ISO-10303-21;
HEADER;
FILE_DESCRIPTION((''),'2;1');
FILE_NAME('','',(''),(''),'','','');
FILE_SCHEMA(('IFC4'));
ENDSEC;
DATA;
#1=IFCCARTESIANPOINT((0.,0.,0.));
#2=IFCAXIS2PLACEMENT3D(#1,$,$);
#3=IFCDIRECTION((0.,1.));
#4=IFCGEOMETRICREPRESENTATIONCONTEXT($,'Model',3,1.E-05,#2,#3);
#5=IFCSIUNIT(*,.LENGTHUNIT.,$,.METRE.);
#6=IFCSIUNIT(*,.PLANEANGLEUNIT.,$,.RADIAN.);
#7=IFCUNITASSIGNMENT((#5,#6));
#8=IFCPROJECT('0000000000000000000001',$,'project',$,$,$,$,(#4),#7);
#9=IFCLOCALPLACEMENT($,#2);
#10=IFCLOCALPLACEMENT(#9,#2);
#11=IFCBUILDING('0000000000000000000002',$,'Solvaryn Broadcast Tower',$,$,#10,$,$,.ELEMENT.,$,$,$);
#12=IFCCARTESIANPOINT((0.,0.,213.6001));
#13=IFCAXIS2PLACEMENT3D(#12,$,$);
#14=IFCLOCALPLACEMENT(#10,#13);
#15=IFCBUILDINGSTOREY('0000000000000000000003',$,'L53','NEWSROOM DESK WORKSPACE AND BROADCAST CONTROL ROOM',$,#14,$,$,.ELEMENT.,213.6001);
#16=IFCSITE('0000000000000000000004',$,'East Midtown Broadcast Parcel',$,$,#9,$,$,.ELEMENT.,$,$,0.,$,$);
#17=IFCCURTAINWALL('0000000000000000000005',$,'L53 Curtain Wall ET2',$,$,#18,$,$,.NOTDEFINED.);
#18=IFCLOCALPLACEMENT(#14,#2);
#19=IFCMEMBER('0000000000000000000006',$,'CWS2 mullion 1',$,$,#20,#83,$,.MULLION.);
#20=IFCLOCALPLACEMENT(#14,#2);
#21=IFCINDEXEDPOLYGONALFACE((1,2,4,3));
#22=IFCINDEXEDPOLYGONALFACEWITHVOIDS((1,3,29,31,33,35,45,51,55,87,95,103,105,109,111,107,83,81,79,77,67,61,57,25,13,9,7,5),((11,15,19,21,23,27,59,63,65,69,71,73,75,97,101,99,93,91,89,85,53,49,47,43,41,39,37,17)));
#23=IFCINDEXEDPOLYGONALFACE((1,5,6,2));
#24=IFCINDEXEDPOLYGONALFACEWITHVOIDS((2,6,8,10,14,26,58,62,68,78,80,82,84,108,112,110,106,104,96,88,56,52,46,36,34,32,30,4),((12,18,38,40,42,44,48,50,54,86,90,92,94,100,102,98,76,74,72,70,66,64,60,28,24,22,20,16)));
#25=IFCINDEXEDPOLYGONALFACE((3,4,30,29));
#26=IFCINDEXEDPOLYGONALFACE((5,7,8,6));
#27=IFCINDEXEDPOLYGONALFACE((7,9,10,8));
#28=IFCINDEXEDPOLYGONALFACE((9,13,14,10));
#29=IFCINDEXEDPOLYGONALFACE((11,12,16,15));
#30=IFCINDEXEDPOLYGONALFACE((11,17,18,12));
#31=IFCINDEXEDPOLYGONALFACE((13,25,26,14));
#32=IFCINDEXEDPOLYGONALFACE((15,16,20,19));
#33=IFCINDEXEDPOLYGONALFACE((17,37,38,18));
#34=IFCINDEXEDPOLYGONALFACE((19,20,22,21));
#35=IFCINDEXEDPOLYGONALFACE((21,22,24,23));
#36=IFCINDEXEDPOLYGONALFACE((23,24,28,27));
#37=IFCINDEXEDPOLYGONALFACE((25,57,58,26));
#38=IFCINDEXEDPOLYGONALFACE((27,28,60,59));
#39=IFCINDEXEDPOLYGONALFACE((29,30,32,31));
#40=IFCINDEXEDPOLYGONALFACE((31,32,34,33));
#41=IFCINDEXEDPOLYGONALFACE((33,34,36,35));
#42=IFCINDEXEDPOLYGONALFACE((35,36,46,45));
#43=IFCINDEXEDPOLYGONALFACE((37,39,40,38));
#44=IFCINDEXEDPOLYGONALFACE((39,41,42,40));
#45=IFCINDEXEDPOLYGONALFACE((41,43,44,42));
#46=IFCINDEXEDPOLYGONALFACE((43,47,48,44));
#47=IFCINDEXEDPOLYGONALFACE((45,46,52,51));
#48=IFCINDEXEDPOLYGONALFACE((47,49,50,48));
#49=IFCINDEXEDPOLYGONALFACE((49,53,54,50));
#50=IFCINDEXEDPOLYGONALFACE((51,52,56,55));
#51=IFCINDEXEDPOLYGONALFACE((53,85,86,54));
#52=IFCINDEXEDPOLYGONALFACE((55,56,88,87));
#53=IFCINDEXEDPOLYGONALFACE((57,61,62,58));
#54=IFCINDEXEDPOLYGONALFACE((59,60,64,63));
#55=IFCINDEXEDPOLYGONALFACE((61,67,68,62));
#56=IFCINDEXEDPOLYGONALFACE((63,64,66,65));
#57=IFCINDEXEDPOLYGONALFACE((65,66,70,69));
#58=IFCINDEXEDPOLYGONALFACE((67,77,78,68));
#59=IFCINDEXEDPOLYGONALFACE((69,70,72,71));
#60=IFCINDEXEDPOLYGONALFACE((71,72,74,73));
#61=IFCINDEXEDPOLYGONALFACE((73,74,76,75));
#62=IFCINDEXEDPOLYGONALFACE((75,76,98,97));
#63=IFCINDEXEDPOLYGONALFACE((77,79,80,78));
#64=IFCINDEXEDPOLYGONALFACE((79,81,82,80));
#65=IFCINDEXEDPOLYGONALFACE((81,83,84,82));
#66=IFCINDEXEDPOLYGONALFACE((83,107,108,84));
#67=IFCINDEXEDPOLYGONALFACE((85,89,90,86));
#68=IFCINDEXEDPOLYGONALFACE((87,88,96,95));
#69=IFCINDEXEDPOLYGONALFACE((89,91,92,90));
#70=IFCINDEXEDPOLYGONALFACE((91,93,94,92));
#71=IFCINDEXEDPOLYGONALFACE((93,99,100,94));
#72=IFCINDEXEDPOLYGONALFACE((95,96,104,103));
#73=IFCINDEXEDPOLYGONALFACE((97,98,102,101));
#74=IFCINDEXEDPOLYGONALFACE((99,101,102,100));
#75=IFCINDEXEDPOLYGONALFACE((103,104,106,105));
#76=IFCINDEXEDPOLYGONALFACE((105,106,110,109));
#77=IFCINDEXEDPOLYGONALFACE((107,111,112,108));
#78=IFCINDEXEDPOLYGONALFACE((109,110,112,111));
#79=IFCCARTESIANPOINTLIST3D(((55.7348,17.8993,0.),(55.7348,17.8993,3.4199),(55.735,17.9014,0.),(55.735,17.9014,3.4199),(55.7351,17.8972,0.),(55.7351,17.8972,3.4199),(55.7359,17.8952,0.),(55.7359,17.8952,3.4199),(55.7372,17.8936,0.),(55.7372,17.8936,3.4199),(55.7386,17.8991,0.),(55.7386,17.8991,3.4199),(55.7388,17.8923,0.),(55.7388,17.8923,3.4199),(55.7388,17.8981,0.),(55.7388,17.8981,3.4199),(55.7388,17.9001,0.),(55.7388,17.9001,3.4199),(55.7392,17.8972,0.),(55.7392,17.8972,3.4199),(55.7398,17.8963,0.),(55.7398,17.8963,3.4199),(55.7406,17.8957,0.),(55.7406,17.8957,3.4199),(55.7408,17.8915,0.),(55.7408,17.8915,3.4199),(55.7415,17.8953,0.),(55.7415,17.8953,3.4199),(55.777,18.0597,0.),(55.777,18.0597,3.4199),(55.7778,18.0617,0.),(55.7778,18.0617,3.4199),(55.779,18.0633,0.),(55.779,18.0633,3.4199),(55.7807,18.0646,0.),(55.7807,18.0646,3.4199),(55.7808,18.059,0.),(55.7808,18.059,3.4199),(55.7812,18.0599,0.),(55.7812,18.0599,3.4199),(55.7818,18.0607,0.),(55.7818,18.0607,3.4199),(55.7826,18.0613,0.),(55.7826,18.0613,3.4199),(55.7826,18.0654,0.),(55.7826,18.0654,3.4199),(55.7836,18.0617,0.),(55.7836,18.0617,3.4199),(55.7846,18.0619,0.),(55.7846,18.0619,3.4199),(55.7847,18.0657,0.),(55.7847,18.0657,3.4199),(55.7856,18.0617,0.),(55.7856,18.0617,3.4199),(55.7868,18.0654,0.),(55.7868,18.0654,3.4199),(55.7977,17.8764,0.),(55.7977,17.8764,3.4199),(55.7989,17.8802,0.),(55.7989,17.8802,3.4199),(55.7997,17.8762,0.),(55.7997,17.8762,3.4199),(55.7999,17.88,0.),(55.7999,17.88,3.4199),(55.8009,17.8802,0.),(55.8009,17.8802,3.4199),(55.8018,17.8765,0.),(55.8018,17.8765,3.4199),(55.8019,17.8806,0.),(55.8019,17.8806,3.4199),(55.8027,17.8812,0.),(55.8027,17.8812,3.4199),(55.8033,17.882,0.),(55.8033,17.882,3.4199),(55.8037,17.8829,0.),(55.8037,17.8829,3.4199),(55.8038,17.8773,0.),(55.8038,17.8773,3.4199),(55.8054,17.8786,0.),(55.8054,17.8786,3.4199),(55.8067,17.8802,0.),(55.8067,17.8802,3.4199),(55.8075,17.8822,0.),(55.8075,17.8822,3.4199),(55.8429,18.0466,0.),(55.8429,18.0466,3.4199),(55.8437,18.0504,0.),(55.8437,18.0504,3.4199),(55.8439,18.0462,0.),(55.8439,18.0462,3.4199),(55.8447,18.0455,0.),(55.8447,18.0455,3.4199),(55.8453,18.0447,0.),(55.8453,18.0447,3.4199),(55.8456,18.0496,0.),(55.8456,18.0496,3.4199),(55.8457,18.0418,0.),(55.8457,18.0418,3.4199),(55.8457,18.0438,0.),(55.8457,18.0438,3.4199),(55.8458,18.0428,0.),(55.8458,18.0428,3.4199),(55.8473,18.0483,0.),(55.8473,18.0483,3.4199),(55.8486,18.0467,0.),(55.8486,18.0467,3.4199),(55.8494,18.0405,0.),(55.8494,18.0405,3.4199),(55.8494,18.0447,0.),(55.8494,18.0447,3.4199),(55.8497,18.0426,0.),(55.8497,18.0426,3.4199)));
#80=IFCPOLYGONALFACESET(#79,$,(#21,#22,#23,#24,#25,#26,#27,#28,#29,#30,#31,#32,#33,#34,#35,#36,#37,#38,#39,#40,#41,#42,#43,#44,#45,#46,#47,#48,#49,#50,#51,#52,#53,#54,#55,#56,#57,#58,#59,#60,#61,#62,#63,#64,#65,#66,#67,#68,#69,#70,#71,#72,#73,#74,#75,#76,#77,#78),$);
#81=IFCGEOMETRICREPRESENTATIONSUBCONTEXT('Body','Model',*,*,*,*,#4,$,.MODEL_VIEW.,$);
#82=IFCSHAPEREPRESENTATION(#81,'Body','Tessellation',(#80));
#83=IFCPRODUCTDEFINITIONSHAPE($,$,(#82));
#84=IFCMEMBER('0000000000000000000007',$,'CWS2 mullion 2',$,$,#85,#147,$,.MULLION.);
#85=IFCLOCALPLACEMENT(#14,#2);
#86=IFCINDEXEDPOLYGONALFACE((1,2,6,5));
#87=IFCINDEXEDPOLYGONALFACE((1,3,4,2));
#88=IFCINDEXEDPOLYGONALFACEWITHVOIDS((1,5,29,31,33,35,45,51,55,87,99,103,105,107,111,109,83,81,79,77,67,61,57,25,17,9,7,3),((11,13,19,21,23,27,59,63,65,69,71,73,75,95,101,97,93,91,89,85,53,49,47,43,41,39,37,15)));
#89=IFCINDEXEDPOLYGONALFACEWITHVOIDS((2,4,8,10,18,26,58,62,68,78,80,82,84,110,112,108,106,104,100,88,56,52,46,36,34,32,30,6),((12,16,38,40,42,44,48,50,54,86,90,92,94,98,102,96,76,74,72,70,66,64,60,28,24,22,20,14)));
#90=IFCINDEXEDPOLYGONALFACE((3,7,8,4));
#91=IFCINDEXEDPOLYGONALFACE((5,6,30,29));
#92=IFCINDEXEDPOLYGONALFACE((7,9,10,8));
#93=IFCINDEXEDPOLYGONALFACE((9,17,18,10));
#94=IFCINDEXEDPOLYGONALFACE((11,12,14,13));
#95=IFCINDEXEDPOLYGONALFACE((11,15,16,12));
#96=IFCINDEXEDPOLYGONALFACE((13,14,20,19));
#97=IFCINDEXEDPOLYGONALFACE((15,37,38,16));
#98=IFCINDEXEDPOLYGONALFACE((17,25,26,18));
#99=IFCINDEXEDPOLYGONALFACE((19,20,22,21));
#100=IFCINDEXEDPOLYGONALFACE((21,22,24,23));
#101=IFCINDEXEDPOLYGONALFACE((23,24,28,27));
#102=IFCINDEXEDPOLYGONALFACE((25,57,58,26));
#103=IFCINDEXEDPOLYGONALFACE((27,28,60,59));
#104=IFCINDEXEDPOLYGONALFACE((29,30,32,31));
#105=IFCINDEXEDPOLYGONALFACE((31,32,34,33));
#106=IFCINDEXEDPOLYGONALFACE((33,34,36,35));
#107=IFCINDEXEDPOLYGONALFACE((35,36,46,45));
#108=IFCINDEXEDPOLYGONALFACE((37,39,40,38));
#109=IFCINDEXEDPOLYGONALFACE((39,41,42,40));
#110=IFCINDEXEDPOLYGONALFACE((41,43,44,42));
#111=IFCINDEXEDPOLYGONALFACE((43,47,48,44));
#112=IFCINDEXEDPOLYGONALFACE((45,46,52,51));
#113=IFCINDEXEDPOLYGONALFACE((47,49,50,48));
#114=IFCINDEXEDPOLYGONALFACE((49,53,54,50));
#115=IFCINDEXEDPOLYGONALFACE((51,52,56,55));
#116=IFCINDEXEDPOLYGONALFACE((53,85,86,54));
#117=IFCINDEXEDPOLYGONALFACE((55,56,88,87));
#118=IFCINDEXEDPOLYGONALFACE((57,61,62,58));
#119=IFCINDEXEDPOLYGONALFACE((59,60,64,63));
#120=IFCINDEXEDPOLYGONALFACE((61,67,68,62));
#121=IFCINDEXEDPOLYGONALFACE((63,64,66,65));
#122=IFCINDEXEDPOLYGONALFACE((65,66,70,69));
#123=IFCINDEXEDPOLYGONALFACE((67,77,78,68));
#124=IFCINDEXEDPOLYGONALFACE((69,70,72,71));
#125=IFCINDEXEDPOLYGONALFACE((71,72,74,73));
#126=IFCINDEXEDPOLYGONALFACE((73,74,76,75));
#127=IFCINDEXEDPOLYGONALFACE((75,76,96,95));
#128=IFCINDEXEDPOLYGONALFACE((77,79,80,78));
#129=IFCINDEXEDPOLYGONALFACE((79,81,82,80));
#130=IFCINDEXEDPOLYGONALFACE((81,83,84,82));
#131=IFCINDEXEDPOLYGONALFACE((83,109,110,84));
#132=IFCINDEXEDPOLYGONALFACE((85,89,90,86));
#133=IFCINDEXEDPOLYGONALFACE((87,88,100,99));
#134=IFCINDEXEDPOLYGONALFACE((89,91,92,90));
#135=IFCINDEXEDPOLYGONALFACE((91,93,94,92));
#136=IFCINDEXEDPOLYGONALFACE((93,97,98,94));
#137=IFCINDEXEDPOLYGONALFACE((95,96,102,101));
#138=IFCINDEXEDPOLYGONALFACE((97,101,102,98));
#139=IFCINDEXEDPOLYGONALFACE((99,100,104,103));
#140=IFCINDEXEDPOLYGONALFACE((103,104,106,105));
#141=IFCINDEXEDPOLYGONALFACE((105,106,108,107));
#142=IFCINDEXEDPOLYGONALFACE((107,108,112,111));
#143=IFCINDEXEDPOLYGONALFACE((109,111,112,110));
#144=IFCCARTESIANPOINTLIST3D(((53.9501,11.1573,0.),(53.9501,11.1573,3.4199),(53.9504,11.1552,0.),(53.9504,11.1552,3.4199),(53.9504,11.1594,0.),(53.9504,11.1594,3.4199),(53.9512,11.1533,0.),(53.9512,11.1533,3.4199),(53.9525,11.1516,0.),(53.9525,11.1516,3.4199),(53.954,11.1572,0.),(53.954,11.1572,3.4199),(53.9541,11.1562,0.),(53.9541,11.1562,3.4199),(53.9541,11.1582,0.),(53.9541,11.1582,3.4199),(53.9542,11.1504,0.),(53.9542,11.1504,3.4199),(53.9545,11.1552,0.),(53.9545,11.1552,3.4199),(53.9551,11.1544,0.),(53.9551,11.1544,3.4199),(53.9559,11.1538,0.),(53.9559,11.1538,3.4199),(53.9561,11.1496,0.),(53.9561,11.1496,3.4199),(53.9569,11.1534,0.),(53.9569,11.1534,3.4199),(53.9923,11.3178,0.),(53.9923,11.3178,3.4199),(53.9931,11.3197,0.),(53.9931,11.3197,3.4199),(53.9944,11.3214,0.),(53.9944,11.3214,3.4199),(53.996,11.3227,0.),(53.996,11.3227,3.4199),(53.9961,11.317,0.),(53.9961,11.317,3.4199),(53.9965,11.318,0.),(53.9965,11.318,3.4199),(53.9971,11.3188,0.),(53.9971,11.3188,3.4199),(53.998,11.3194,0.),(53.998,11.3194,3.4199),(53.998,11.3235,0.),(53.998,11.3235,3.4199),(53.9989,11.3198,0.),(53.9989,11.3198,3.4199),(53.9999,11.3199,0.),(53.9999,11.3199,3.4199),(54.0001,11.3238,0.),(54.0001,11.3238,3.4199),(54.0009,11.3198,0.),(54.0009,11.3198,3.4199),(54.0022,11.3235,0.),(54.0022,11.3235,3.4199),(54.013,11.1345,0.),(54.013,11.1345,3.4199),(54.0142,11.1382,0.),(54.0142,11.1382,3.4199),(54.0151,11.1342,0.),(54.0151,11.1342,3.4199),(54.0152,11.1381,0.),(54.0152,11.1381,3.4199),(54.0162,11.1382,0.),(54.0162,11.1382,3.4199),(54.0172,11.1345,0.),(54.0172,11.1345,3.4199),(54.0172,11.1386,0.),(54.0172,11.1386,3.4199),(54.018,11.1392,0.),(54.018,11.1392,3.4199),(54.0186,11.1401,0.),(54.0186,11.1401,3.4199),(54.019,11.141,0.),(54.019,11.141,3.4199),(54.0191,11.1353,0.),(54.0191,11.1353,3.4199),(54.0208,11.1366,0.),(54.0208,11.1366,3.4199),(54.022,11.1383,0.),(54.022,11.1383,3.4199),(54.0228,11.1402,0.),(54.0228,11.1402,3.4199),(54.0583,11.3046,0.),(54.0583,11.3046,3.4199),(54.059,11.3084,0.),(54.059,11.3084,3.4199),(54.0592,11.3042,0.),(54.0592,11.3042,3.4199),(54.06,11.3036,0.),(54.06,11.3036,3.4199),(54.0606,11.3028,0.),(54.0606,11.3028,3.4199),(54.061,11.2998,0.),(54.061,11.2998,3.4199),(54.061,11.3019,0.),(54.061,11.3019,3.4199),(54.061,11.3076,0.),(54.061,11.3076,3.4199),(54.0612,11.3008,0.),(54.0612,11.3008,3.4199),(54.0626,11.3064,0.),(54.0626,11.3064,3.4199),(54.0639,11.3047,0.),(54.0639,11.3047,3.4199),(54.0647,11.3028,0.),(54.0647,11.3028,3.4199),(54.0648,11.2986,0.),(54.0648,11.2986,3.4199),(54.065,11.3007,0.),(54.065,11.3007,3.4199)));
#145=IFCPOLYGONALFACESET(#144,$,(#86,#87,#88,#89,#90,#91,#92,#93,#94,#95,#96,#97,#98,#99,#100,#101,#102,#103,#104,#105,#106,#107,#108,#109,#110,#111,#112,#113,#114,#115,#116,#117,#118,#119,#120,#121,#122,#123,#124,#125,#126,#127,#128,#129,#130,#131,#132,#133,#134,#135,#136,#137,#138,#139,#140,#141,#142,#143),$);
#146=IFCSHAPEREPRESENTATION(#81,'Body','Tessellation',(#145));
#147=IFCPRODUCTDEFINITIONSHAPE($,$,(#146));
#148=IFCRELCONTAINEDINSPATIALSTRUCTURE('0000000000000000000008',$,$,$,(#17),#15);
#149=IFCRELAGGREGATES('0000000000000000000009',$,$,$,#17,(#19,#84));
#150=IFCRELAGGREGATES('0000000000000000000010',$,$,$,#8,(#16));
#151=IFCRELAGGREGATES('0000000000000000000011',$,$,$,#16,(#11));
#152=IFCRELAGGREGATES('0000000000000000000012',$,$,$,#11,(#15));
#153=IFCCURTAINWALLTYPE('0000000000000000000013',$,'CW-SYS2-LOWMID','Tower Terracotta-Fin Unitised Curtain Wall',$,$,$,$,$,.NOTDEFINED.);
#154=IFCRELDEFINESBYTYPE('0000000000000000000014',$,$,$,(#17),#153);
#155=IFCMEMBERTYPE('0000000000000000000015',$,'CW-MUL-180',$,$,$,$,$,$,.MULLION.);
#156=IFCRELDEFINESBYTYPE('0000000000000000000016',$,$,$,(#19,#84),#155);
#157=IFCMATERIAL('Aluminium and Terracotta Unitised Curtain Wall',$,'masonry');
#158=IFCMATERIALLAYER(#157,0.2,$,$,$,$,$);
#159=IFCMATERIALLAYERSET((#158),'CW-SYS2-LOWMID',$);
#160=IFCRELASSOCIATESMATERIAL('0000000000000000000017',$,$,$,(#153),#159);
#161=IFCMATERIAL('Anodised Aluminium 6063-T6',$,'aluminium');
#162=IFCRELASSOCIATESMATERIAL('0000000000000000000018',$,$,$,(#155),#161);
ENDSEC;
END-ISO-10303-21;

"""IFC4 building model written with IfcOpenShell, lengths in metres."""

from ifc_helpers import new_model, si_unit, direction, frame, origin, origin_2d, place, context, subcontext, project, spatial, hollow_rectangle, extrude, material, layer, layer_set, material_profile, profile_set, type_object, element, aggregate, save


model = new_model("IFC4")

# Units and contexts
model_context = context("Model", 3, precision=1e-05, world=origin(), true_north=direction((0.0, 1.0)))
body_context = subcontext(model_context, "Body", "Model", "MODEL_VIEW")
ifc_project = project(units=[si_unit("LENGTHUNIT", "METRE"), si_unit("PLANEANGLEUNIT", "RADIAN")], contexts=[model_context])

# Site, building, storey
site_placement = place(None, origin())
site = spatial("IfcSite", under=ifc_project, at=site_placement, Name="East Midtown Broadcast Parcel", CompositionType="ELEMENT", RefElevation=0.0)
building_placement = place(site_placement, origin())
building = spatial("IfcBuilding", under=site, at=building_placement, Name="Solvaryn Broadcast Tower", CompositionType="ELEMENT")
storey_placement = place(building_placement, frame((0.0, 0.0, 213.6001)))
storey = spatial("IfcBuildingStorey", under=building, at=storey_placement, Name="L53", Description="NEWSROOM DESK WORKSPACE AND BROADCAST CONTROL ROOM", CompositionType="ELEMENT", Elevation=213.6001)

# Shared definitions
ifc_material_1 = material(Name="Aluminium and Terracotta Unitised Curtain Wall", Category="masonry")
ifc_layer_1 = layer(ifc_material_1, 0.2)
ifc_layer_set_1 = layer_set([ifc_layer_1], Name="CW-SYS2-LOWMID")
curtain_wall_type = type_object("IfcCurtainWallType", Name="CW-SYS2-LOWMID", Description="Tower Terracotta-Fin Unitised Curtain Wall", PredefinedType="NOTDEFINED", material=ifc_layer_set_1)
ifc_material_2 = material(Name="Anodised Aluminium 6063-T6", Category="aluminium")
ifc_material_profile_1 = material_profile(ifc_material_2, hollow_rectangle(XDim=0.075, YDim=0.1799, WallThickness=0.0039, InnerFilletRadius=0.0039, OuterFilletRadius=0.0081, at=origin_2d()))
ifc_profile_set_1 = profile_set([ifc_material_profile_1], Name="Anodised Aluminium 6063-T6")
member_type_1 = type_object("IfcMemberType", Name="CW-MUL-180", PredefinedType="MULLION", material=ifc_profile_set_1)

# Curtain wall, members
curtain_wall_1_placement = place(storey_placement, origin())
curtain_wall_1 = element("IfcCurtainWall", 1, at=curtain_wall_1_placement, inside=storey, type_object=curtain_wall_type, Name="L53 Curtain Wall ET2", PredefinedType="NOTDEFINED")
member_1_placement = place(storey_placement, frame((55.7922, 17.9709, 0.0), z_axis=(0.0, 0.0, 1.0), x_axis=(0.966705, -0.255893, 0.0)))
member_1 = element("IfcMember", 2, at=member_1_placement, type_object=member_type_1, Name="CWS2 mullion 1", PredefinedType="MULLION", context=body_context, shape_type="SweptSolid", body=[
    extrude(hollow_rectangle(XDim=0.075, YDim=0.1799, WallThickness=0.0039, InnerFilletRadius=0.0039, OuterFilletRadius=0.0081, at=origin_2d()), origin(), (0.0, 0.0, 1.0), 3.4199),
])
member_2_placement = place(storey_placement, frame((54.0076, 11.229, 0.0), z_axis=(0.0, 0.0, 1.0), x_axis=(0.966705, -0.255893, 0.0)))
member_2 = element("IfcMember", 3, at=member_2_placement, type_object=member_type_1, Name="CWS2 mullion 2", PredefinedType="MULLION", context=body_context, shape_type="SweptSolid", body=[
    extrude(hollow_rectangle(XDim=0.075, YDim=0.1799, WallThickness=0.0039, InnerFilletRadius=0.0039, OuterFilletRadius=0.0081, at=origin_2d()), origin(), (0.0, 0.0, 1.0), 3.4199),
])
aggregate(curtain_wall_1, [member_1, member_2])

save(model, "model.ifc")
